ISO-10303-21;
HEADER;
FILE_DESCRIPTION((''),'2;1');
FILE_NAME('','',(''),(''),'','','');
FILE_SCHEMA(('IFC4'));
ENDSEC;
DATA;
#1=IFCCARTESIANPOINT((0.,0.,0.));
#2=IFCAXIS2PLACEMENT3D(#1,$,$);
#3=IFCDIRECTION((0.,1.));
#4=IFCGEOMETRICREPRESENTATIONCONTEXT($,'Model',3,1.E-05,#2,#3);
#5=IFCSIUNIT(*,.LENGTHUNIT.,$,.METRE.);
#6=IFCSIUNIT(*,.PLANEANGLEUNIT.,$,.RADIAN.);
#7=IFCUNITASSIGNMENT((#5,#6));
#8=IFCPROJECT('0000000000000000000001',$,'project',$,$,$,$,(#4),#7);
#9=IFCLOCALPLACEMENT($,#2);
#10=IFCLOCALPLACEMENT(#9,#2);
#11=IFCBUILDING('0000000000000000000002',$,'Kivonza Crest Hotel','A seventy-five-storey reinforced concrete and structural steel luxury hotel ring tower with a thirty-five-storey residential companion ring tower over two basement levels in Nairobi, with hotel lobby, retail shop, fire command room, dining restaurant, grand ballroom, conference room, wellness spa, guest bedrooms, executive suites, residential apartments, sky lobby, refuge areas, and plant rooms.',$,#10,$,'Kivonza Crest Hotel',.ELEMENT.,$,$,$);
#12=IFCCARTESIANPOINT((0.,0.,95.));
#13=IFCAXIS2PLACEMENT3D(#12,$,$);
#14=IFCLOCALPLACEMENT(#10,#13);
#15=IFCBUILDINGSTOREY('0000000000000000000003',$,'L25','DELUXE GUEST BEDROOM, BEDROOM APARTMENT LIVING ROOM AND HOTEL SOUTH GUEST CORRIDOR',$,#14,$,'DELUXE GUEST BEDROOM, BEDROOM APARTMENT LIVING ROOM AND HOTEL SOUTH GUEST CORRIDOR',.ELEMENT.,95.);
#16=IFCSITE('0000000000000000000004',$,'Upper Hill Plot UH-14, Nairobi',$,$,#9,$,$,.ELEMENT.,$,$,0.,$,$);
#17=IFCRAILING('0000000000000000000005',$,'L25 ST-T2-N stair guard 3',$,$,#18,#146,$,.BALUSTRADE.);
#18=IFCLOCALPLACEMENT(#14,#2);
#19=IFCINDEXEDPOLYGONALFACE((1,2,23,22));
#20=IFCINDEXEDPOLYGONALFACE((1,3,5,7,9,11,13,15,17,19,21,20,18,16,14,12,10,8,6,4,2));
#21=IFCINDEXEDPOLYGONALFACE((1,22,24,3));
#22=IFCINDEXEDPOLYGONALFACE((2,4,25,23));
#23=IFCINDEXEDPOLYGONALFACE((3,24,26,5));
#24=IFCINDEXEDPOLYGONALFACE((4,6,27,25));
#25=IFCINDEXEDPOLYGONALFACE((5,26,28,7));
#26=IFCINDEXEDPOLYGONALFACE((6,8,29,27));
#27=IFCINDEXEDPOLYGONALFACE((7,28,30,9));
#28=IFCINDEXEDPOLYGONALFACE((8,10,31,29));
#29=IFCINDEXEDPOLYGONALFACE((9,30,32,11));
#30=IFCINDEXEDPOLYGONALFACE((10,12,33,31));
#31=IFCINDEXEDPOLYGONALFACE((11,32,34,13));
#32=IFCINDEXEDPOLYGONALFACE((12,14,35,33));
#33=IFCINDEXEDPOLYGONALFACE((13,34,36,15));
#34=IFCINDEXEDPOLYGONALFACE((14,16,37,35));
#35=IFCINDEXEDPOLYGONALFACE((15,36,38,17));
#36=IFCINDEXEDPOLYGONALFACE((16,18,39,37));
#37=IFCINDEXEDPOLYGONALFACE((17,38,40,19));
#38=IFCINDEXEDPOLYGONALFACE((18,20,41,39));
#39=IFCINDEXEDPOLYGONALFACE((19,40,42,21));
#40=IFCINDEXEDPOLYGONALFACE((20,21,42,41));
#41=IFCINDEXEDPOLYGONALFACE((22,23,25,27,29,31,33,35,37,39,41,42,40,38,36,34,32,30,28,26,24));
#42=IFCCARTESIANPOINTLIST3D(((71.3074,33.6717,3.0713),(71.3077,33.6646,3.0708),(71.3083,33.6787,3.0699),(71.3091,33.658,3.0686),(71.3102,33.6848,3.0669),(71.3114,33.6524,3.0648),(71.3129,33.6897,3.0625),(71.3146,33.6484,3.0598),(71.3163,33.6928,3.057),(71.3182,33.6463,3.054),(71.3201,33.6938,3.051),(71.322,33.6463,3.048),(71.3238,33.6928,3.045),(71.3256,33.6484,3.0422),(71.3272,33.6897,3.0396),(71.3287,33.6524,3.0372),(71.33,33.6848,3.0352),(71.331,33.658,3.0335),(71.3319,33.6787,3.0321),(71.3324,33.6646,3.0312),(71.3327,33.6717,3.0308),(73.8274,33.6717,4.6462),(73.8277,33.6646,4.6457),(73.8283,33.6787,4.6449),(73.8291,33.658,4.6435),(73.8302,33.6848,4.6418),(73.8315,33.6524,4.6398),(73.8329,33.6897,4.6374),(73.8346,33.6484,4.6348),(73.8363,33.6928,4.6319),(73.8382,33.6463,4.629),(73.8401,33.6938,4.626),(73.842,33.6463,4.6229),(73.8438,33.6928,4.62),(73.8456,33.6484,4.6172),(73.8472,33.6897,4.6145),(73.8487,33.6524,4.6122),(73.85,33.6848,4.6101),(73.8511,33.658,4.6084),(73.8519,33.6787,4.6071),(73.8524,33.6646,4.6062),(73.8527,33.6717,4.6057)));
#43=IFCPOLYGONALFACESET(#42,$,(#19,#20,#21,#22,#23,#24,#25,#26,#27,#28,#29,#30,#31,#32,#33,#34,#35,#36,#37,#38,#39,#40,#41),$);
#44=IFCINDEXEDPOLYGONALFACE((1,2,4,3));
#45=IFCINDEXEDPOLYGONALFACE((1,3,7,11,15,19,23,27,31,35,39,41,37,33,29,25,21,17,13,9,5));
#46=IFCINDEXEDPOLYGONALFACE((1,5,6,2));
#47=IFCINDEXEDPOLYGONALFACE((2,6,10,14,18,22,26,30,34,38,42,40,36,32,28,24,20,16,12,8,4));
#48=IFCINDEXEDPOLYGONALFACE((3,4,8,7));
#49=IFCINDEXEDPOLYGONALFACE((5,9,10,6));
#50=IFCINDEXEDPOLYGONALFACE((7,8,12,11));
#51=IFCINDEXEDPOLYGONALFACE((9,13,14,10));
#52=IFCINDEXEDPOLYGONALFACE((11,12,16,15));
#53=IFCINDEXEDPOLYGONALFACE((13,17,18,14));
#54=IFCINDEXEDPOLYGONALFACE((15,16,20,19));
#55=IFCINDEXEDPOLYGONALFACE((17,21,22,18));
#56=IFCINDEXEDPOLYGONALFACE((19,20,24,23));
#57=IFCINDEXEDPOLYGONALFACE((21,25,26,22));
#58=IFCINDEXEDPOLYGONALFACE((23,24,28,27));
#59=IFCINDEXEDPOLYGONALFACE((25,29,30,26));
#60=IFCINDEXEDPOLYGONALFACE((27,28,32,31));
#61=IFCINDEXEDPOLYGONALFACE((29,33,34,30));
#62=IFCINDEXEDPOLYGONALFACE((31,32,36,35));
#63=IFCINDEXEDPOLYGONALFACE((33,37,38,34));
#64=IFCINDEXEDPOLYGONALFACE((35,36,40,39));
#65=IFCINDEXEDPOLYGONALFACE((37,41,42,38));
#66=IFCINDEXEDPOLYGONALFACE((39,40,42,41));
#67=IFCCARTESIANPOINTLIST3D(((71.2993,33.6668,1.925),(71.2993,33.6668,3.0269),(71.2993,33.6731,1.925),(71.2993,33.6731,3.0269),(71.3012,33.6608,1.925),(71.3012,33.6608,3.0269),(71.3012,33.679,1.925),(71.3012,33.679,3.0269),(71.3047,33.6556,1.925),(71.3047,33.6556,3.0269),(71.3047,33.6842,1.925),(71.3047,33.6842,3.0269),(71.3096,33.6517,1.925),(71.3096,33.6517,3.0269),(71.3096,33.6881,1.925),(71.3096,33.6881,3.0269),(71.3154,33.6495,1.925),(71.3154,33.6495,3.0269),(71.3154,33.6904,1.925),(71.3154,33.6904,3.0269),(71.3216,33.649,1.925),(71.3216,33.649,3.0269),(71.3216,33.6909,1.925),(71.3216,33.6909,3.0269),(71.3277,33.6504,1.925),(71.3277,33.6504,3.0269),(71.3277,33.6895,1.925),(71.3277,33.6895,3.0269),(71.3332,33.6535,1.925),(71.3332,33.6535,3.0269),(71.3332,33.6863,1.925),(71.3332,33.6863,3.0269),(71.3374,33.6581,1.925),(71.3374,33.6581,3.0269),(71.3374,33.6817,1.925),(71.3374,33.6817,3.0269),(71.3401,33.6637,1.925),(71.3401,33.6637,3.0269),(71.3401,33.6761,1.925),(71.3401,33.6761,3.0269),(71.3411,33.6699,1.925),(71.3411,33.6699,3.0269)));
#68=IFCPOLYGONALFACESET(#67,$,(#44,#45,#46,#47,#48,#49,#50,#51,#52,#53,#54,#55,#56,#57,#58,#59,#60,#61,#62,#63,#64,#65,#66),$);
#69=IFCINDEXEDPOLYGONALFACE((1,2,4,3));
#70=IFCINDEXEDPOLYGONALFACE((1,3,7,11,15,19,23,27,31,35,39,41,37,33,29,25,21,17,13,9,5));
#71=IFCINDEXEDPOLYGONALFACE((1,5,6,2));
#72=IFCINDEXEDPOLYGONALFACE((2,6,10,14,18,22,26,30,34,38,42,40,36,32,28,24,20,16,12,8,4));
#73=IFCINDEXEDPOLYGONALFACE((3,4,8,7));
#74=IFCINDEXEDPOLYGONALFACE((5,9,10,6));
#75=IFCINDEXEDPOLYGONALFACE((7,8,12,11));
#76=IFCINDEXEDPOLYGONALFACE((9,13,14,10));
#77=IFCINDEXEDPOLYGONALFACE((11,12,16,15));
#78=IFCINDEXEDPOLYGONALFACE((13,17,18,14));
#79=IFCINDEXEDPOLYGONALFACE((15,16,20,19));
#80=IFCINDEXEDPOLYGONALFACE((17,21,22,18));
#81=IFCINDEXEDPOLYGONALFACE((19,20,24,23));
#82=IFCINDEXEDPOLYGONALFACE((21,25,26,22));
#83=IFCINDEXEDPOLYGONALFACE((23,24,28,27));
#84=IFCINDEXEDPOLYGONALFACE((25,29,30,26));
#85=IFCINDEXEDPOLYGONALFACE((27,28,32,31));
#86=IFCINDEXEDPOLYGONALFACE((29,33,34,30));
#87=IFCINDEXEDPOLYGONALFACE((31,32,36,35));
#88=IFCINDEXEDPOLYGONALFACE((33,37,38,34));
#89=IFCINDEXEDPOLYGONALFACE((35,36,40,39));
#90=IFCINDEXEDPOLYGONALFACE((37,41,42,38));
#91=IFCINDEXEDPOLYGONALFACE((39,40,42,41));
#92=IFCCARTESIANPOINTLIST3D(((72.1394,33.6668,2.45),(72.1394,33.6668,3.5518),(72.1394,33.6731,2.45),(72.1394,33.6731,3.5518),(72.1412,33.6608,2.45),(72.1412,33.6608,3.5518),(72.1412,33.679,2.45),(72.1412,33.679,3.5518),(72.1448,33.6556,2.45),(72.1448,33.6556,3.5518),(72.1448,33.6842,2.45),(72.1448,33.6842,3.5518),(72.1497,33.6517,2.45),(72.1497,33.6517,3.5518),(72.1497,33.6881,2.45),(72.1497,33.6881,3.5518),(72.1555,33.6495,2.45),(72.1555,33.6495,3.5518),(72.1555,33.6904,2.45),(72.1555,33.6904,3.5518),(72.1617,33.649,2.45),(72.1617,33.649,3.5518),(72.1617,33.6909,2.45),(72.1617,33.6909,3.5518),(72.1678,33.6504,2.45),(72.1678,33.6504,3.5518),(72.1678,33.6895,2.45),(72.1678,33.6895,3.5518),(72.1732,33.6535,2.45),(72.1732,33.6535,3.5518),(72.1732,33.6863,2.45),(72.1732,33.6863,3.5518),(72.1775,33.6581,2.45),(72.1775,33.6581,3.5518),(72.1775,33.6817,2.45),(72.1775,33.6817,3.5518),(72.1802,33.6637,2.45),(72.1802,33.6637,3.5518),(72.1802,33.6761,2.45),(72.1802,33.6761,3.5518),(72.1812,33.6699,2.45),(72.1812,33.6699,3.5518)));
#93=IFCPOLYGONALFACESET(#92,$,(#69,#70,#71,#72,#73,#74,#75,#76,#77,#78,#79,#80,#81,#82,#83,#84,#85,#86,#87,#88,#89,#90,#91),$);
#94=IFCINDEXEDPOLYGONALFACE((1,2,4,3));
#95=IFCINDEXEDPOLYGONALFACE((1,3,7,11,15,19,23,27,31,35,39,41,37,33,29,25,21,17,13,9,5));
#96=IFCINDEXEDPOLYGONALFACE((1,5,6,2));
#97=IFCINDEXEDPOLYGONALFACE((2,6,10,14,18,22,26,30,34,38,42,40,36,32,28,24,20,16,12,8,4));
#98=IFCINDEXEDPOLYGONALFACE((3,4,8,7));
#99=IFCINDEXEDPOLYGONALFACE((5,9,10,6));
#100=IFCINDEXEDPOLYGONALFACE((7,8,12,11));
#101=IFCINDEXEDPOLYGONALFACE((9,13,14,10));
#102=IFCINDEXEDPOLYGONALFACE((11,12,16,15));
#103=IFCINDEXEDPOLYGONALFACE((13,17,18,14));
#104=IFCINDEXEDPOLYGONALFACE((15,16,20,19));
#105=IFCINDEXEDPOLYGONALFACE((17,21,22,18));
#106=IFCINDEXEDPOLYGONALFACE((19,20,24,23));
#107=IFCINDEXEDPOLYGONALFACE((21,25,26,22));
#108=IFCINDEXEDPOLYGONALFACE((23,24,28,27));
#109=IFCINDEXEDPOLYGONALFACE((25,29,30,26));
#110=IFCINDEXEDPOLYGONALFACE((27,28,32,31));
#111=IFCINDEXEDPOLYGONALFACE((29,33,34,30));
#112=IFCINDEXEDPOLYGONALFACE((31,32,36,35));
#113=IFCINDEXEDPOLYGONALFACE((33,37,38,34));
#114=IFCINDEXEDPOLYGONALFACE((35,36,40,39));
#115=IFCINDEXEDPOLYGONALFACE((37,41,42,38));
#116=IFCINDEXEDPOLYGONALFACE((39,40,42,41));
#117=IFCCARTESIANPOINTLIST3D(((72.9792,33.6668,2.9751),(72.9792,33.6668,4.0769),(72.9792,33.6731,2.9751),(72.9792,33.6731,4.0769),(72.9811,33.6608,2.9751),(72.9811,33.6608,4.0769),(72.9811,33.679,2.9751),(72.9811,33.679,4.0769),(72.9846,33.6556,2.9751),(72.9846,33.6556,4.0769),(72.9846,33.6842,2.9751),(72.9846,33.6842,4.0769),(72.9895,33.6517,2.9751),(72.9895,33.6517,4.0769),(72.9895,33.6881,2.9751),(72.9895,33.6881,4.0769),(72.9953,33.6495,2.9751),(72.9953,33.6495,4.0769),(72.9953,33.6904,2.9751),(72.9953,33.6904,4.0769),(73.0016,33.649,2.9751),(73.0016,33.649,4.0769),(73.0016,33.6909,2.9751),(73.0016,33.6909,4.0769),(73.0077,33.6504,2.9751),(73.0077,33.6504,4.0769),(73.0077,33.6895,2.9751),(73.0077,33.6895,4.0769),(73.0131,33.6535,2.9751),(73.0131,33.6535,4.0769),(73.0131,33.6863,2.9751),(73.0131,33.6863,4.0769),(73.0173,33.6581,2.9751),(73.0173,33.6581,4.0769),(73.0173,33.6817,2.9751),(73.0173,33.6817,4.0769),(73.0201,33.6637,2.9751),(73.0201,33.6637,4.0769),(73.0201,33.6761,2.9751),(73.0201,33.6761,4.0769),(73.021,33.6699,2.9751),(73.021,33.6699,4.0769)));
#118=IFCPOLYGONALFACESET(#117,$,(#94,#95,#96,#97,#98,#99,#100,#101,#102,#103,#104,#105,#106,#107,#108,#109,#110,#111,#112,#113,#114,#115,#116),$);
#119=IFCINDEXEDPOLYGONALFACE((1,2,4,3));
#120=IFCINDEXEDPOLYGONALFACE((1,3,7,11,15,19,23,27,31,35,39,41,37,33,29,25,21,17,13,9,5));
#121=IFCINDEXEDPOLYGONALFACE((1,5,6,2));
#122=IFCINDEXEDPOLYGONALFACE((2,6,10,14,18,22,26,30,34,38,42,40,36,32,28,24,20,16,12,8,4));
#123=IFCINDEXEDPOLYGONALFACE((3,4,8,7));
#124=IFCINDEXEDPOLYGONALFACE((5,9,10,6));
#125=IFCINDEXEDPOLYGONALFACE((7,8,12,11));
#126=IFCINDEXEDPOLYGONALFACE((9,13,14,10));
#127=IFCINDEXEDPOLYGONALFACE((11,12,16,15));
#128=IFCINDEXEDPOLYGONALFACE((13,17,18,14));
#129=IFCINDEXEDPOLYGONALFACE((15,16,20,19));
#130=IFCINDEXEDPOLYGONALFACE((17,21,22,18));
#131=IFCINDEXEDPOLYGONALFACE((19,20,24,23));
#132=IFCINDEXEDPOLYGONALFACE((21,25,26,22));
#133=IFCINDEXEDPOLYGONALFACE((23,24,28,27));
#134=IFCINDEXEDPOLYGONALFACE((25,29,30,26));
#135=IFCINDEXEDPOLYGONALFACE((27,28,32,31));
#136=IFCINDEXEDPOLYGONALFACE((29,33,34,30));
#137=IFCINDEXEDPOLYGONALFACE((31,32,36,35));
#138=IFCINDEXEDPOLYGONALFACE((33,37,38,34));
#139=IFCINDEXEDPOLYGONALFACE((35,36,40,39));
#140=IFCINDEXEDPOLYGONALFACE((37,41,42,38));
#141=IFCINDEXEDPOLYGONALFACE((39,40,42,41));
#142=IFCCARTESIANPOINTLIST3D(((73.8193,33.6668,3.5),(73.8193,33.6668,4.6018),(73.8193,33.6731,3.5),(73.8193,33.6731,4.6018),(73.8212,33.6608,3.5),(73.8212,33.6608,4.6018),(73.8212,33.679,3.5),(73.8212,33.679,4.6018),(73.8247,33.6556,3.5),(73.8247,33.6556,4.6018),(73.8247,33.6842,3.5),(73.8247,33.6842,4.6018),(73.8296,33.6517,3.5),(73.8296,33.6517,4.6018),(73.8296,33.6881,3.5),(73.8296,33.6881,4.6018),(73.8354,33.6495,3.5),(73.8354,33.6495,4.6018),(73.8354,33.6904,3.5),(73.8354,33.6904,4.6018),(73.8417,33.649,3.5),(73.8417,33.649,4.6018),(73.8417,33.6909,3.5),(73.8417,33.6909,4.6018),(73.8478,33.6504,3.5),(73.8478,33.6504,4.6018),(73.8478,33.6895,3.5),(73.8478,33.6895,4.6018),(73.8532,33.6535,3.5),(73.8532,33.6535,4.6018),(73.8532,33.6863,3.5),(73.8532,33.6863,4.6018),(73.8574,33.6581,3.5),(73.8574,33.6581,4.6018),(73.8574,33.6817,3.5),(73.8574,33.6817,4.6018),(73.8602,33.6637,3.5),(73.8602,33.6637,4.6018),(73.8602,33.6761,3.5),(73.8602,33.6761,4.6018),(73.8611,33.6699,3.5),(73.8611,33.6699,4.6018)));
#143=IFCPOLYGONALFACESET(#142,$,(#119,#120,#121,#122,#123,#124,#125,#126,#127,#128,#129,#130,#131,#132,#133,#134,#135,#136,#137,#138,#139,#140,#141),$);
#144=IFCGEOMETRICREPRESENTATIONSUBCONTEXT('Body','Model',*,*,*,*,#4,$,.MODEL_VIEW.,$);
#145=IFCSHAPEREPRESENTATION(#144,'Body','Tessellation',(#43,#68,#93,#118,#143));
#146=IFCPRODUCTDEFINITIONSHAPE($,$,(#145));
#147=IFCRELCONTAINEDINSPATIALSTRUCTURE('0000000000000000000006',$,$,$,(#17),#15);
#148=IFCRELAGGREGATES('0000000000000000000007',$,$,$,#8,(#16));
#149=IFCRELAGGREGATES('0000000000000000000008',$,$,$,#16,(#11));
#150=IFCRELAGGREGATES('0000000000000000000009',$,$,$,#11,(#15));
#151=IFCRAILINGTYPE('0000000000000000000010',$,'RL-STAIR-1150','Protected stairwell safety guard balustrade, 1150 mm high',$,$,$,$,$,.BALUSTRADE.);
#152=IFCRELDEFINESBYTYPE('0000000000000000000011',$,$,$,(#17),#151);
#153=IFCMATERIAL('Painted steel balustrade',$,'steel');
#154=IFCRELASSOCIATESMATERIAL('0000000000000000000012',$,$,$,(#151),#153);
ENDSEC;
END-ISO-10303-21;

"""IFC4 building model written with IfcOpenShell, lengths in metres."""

from ifc_helpers import new_model, si_unit, direction, frame, origin, origin_2d, place, context, subcontext, project, spatial, circle, extrude, material, type_object, element, save


model = new_model("IFC4")

# Units and contexts
model_context = context("Model", 3, precision=1e-05, world=origin(), true_north=direction((0.0, 1.0)))
body_context = subcontext(model_context, "Body", "Model", "MODEL_VIEW")
ifc_project = project(units=[si_unit("LENGTHUNIT", "METRE"), si_unit("PLANEANGLEUNIT", "RADIAN")], contexts=[model_context])

# Site, building, storey
site_placement = place(None, origin())
site = spatial("IfcSite", under=ifc_project, at=site_placement, Name="Upper Hill Plot UH-14, Nairobi", CompositionType="ELEMENT", RefElevation=0.0)
building_placement = place(site_placement, origin())
building = spatial("IfcBuilding", under=site, at=building_placement, Name="Kivonza Crest Hotel", Description="A seventy-five-storey reinforced concrete and structural steel luxury hotel ring tower with a thirty-five-storey residential companion ring tower over two basement levels in Nairobi, with hotel lobby, retail shop, fire command room, dining restaurant, grand ballroom, conference room, wellness spa, guest bedrooms, executive suites, residential apartments, sky lobby, refuge areas, and plant rooms.", LongName="Kivonza Crest Hotel", CompositionType="ELEMENT")
storey_placement = place(building_placement, frame((0.0, 0.0, 95.0)))
storey = spatial("IfcBuildingStorey", under=building, at=storey_placement, Name="L25", Description="DELUXE GUEST BEDROOM, BEDROOM APARTMENT LIVING ROOM AND HOTEL SOUTH GUEST CORRIDOR", LongName="DELUXE GUEST BEDROOM, BEDROOM APARTMENT LIVING ROOM AND HOTEL SOUTH GUEST CORRIDOR", CompositionType="ELEMENT", Elevation=95.0)

# Railing
ifc_material_1 = material(Name="Painted steel balustrade", Category="steel")
railing_type_1 = type_object("IfcRailingType", Name="RL-STAIR-1150", Description="Protected stairwell safety guard balustrade, 1150 mm high", PredefinedType="BALUSTRADE", material=ifc_material_1)
railing_1_placement = place(storey_placement, frame((71.3201, 33.6699, 1.925)))
element("IfcRailing", 1, at=railing_1_placement, inside=storey, type_object=railing_type_1, Name="L25 ST-T2-N stair guard 3", PredefinedType="BALUSTRADE", context=body_context, shape_type="SweptSolid", body=[
    extrude(circle(Radius=0.0239, at=origin_2d()), frame((0.0, 0.0, 1.126), z_axis=(0.848008, 0.0, 0.529984), x_axis=(0.0, 1.0, 0.0)), (0.0, 0.0, 1.0), 2.9717),
    extrude(circle(Radius=0.021, at=origin_2d()), origin(), (0.0, 0.0, 1.0), 1.1018),
    extrude(circle(Radius=0.021, at=origin_2d()), frame((0.8401, 0.0, 0.5249)), (0.0, 0.0, 1.0), 1.1018),
    extrude(circle(Radius=0.021, at=origin_2d()), frame((1.6799, 0.0, 1.05)), (0.0, 0.0, 1.0), 1.1018),
    extrude(circle(Radius=0.021, at=origin_2d()), frame((2.52, 0.0, 1.575)), (0.0, 0.0, 1.0), 1.1018),
])

save(model, "model.ifc")
